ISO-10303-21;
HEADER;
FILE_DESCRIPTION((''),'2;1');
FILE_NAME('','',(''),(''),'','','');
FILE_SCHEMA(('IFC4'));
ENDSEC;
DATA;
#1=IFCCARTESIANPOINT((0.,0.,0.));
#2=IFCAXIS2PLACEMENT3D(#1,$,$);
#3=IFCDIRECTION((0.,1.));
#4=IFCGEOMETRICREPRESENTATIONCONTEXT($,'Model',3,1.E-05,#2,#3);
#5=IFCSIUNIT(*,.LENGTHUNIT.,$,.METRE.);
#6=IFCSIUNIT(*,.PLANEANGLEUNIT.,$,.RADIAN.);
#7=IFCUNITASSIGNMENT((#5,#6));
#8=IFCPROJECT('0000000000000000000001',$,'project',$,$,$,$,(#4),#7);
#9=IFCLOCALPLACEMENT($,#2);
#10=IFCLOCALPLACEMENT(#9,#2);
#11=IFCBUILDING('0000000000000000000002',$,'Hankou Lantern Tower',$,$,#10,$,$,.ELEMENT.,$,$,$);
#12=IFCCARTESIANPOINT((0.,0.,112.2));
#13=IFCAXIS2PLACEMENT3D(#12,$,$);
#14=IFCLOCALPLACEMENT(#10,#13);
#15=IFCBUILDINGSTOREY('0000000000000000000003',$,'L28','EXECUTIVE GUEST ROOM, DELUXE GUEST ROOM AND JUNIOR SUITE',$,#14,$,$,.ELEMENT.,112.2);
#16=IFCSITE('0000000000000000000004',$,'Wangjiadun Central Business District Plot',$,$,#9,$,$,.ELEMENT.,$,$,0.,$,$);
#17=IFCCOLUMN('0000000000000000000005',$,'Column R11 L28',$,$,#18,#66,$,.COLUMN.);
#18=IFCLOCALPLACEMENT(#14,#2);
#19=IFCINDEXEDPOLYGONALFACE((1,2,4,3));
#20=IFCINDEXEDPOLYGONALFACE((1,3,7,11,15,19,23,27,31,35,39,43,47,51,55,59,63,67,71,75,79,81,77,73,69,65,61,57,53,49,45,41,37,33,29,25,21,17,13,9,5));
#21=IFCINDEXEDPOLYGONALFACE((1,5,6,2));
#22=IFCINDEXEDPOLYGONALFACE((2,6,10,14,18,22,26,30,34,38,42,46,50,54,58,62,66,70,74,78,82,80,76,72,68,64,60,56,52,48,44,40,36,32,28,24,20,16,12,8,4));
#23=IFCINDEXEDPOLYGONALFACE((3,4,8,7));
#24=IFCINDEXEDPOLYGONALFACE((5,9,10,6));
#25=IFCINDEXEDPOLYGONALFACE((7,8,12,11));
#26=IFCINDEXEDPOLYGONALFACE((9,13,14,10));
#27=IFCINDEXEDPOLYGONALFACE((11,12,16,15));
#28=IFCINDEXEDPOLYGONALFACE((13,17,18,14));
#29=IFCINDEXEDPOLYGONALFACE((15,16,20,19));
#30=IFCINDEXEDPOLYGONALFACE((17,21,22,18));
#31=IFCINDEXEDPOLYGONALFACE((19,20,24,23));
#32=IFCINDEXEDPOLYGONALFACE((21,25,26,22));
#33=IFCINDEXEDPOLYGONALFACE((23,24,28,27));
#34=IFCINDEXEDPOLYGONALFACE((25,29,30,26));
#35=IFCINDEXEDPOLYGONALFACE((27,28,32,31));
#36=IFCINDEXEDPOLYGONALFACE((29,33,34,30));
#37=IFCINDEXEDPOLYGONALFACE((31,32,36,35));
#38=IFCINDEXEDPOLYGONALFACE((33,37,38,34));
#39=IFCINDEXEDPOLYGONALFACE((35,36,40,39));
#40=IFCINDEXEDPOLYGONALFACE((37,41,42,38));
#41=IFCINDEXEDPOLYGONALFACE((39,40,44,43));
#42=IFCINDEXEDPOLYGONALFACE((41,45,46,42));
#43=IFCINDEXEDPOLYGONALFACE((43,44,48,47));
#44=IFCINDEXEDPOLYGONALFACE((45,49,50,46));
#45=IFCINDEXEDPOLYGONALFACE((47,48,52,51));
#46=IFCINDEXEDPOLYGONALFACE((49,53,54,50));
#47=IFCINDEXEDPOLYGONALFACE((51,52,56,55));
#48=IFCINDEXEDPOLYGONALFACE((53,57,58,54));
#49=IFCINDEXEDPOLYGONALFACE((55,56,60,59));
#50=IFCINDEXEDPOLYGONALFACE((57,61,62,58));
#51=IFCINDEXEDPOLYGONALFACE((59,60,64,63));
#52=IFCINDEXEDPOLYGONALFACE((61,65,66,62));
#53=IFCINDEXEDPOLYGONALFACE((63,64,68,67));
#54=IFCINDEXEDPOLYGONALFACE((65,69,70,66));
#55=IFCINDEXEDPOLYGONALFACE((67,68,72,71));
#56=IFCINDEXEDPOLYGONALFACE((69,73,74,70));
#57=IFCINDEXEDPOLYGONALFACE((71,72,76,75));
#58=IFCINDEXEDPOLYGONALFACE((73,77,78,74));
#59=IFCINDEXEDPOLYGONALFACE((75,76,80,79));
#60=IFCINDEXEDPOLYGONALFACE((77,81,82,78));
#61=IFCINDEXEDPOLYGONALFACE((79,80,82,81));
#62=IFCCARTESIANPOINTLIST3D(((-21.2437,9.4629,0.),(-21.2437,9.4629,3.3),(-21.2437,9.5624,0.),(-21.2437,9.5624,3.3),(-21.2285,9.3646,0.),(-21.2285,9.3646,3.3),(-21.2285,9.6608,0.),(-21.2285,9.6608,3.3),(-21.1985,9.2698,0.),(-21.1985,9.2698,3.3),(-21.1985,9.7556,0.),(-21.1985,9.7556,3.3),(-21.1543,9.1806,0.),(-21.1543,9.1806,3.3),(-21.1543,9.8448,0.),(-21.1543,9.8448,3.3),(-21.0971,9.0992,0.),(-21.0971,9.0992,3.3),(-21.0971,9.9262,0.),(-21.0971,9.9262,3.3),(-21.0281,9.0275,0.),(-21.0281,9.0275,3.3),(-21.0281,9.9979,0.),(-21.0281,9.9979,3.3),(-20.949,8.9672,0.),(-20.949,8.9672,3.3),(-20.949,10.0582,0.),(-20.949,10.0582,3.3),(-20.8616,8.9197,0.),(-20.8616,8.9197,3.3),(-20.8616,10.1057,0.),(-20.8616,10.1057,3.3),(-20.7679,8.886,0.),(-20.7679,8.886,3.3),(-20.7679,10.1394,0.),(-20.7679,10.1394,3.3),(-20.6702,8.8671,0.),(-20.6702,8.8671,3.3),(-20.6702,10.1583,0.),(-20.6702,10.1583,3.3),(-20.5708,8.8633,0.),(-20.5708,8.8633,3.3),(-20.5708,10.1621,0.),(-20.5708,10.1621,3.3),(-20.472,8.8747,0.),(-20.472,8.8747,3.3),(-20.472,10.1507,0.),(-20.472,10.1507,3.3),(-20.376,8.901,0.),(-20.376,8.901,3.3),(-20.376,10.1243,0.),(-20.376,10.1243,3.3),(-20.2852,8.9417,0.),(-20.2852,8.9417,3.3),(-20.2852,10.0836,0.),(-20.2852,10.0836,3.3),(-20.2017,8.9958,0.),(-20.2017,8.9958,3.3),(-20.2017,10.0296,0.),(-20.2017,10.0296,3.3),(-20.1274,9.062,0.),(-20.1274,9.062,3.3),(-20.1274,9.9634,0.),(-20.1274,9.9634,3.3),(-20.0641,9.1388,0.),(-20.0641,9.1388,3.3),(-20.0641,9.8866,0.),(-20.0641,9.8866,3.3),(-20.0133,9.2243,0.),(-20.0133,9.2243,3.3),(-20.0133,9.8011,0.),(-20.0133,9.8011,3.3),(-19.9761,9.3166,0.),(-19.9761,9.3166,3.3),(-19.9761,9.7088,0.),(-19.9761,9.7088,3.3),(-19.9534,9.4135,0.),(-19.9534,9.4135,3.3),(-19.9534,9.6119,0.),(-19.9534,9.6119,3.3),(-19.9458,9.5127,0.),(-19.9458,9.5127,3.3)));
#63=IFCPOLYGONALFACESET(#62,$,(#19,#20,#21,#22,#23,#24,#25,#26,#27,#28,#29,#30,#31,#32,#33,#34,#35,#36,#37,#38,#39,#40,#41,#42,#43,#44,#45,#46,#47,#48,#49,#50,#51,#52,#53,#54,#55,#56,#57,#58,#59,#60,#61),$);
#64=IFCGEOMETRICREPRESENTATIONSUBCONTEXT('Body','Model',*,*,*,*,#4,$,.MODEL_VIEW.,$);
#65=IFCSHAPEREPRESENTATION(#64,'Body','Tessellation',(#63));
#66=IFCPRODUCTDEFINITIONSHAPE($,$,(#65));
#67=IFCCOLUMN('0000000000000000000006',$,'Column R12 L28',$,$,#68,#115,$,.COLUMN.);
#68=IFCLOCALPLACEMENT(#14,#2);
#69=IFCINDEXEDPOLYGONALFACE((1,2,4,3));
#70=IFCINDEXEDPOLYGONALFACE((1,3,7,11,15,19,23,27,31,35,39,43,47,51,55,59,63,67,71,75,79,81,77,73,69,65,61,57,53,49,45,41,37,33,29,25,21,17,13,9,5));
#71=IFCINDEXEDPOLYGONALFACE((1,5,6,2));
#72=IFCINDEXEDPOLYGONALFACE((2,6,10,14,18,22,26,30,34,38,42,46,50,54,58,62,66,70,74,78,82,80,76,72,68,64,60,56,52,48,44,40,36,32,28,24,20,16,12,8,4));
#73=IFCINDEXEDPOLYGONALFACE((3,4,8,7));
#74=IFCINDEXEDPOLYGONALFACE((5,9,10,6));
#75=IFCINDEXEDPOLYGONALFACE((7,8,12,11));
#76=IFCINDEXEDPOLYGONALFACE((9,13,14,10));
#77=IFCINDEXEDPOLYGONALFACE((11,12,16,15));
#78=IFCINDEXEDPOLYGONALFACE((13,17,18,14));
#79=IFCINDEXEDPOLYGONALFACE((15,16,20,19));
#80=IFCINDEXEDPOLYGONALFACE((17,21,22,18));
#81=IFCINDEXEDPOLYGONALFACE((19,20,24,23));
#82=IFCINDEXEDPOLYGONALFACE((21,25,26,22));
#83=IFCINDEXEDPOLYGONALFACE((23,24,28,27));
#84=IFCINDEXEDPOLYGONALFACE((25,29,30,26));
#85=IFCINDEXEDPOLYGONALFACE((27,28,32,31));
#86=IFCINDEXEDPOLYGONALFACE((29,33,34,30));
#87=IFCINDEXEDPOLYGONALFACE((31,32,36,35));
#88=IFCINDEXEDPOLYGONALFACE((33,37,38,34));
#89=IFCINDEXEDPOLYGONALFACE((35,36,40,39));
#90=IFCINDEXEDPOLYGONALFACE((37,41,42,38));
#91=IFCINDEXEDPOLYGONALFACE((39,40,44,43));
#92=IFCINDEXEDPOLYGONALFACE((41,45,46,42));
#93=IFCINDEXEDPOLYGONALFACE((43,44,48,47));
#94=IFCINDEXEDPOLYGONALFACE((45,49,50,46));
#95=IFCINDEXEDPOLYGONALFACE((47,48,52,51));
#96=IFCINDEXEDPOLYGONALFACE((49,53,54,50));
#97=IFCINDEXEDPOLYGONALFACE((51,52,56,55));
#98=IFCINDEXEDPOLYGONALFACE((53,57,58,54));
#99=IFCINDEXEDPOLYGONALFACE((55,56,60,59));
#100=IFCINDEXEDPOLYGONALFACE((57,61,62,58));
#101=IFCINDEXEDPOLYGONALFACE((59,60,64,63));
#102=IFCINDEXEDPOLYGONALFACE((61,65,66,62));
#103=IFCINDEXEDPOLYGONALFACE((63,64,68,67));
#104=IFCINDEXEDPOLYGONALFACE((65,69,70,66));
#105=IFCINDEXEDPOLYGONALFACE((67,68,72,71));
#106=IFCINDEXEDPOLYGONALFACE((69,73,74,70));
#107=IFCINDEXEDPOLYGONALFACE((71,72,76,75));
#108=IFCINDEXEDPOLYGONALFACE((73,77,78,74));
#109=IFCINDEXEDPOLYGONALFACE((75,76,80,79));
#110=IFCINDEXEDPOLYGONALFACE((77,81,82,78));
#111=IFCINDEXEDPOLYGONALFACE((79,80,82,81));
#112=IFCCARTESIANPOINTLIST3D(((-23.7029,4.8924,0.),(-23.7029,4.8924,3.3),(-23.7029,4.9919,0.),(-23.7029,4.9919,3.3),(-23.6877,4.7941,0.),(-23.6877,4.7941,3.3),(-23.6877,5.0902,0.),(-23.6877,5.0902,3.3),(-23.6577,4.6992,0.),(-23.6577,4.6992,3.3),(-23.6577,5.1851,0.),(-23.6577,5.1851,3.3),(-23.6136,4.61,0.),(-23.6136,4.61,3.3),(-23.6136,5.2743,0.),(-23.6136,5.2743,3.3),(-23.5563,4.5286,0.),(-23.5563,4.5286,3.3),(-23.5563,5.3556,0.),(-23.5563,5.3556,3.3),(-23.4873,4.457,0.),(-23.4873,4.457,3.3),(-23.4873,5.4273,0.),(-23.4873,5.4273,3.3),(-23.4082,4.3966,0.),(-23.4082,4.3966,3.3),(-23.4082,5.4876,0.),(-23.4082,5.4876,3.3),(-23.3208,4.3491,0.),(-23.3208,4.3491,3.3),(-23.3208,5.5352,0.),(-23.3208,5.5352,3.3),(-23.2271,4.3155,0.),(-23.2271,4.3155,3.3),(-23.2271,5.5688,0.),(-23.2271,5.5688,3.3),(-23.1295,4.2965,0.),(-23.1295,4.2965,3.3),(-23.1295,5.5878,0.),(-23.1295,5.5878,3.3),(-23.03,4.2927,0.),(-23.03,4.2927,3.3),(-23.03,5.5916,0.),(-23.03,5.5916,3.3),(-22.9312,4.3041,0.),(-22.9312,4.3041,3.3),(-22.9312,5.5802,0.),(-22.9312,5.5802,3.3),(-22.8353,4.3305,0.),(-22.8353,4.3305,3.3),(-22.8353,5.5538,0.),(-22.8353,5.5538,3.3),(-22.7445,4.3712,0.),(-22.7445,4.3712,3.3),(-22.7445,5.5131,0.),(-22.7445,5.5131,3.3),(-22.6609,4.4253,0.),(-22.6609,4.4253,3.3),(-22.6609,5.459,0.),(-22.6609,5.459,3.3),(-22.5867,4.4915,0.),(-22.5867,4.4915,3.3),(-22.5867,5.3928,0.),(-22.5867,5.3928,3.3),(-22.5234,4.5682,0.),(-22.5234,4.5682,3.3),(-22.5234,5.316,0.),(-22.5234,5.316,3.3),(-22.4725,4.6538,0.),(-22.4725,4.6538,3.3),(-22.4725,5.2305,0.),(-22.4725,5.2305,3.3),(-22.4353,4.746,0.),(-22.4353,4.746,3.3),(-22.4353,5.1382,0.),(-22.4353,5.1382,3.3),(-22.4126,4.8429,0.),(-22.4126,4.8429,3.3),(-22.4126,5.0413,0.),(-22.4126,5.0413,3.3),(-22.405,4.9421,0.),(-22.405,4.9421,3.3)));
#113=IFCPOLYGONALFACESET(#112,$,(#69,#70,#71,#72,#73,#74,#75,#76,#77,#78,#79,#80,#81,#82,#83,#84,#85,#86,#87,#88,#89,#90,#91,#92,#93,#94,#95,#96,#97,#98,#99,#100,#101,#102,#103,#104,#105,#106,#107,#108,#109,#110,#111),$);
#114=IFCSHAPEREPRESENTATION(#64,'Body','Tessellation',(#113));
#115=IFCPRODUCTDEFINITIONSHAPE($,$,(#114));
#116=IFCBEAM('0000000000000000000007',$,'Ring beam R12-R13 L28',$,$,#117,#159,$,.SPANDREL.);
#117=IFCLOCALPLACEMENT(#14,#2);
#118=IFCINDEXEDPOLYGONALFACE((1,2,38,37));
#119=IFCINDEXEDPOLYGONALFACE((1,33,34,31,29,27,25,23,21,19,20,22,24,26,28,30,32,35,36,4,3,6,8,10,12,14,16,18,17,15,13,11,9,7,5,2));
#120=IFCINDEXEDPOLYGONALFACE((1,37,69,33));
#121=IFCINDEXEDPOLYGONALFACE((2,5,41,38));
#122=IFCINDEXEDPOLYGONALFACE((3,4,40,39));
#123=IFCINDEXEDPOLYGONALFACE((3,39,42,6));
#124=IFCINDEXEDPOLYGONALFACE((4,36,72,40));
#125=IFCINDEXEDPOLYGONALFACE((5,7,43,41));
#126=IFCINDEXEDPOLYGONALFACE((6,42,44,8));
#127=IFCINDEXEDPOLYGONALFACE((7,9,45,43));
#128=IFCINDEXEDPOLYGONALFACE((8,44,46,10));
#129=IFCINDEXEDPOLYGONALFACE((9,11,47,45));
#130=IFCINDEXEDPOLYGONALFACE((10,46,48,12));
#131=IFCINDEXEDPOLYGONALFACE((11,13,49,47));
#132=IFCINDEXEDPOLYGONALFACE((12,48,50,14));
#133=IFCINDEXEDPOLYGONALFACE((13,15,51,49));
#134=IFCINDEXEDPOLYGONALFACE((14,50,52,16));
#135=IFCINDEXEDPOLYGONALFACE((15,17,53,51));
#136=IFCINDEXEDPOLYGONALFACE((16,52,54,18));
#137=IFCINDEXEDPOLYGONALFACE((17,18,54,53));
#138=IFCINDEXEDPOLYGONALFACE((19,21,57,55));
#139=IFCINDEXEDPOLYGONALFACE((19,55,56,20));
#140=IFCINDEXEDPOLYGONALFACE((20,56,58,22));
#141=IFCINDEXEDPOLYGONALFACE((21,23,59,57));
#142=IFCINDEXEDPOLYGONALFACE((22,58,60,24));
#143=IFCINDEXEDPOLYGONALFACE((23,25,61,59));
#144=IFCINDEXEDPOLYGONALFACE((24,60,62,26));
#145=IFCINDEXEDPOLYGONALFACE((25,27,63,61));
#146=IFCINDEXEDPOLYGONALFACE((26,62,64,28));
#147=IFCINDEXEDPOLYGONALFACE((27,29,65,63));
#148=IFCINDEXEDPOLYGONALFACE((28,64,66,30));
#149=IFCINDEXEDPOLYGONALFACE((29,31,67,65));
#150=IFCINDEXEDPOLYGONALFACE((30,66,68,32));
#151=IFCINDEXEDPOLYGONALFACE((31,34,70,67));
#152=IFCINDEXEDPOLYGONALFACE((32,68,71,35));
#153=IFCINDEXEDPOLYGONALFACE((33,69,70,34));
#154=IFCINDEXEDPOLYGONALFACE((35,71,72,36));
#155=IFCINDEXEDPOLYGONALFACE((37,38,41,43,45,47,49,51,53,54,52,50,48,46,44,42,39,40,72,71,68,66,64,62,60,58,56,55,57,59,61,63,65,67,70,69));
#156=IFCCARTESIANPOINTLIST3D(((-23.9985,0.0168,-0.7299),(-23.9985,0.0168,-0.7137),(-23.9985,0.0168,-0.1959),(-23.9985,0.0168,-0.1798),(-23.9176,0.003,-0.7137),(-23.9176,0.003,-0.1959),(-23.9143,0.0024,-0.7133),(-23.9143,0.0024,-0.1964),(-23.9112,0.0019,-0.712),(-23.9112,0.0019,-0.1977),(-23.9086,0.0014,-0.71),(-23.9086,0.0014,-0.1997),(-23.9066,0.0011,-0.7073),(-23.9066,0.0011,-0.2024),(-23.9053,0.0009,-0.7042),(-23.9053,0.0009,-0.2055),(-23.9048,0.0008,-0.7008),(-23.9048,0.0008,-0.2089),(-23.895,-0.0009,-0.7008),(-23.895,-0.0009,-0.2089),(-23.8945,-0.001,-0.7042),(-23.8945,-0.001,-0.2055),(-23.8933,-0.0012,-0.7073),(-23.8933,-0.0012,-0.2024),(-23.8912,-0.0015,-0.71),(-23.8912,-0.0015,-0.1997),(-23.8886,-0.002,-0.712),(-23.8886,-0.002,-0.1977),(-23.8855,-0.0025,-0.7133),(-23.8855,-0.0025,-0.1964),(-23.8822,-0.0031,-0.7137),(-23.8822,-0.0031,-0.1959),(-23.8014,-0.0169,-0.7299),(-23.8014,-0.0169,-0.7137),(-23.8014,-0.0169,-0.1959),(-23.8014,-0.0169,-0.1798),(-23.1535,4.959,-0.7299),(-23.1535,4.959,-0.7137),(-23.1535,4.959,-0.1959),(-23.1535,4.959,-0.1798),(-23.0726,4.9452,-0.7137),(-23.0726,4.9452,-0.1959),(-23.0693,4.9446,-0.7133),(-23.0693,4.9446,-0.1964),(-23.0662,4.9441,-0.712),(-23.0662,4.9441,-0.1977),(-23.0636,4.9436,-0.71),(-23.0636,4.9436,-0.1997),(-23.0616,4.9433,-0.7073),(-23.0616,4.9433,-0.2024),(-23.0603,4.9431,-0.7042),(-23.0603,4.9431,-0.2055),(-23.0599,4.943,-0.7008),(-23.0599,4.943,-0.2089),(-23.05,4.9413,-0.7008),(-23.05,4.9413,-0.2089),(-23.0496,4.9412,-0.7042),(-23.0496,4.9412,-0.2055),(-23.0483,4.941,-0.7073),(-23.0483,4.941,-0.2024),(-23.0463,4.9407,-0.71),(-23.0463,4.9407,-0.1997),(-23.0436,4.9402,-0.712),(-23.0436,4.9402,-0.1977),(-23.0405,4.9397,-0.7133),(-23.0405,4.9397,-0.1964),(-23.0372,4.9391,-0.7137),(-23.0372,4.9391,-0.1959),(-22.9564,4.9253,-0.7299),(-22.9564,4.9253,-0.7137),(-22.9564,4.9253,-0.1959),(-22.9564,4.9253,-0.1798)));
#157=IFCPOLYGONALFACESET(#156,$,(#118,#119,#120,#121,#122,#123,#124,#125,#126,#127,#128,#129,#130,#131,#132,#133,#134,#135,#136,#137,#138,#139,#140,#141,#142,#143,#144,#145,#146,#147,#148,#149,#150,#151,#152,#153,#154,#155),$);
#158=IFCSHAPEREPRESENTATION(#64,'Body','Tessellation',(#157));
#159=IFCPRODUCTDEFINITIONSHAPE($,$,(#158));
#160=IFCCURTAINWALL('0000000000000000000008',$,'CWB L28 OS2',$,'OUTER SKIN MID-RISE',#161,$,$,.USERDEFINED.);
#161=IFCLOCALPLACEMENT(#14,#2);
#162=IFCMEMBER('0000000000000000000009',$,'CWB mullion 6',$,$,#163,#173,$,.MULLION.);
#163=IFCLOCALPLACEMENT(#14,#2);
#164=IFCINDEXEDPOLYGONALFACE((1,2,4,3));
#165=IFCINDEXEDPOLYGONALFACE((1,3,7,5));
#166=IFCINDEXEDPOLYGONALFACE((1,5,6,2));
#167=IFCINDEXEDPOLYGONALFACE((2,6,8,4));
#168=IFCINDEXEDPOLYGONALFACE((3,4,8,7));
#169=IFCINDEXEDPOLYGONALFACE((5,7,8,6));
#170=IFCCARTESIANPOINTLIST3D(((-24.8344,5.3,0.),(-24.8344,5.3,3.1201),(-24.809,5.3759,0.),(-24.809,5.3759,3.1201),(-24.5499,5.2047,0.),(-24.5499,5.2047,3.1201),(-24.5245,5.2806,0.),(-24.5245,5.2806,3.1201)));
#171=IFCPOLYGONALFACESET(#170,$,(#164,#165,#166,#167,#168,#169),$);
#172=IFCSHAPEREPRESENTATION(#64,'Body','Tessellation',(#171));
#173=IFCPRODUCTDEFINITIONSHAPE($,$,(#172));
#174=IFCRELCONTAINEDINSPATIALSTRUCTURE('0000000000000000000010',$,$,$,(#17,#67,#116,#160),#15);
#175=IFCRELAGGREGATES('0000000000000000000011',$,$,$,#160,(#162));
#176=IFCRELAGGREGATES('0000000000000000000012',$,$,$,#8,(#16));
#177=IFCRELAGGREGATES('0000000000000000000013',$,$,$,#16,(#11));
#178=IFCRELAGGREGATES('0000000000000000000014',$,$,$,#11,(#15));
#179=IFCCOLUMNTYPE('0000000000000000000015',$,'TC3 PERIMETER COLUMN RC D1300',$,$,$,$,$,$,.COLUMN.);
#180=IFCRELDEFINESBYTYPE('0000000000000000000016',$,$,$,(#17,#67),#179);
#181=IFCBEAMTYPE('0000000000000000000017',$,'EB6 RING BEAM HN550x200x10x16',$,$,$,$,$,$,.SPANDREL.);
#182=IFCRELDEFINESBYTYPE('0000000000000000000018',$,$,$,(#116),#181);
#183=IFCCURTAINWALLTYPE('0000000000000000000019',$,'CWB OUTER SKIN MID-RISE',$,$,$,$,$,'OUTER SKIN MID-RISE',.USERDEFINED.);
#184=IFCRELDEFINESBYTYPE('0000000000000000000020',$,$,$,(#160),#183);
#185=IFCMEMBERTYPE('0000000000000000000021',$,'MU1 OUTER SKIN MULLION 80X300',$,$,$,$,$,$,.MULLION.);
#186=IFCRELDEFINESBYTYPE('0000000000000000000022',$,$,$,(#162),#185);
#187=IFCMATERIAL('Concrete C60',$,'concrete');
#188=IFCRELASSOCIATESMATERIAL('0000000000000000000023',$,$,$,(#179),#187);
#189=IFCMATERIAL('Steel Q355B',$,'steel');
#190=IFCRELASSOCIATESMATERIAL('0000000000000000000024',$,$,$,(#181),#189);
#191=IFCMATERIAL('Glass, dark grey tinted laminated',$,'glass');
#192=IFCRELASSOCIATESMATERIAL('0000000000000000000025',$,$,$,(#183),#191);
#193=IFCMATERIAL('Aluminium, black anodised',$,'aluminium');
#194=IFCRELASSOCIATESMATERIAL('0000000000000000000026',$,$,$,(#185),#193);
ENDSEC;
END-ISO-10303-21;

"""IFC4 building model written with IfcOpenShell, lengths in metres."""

from ifc_helpers import new_model, si_unit, direction, frame, origin, origin_2d, place, context, subcontext, project, spatial, rectangle, circle, i_section, extrude, material, material_profile, profile_set, type_object, element, aggregate, save


model = new_model("IFC4")

# Units and contexts
model_context = context("Model", 3, precision=1e-05, world=origin(), true_north=direction((0.0, 1.0)))
body_context = subcontext(model_context, "Body", "Model", "MODEL_VIEW")
ifc_project = project(units=[si_unit("LENGTHUNIT", "METRE"), si_unit("PLANEANGLEUNIT", "RADIAN")], contexts=[model_context])

# Site, building, storey
site_placement = place(None, origin())
site = spatial("IfcSite", under=ifc_project, at=site_placement, Name="Wangjiadun Central Business District Plot", CompositionType="ELEMENT", RefElevation=0.0)
building_placement = place(site_placement, origin())
building = spatial("IfcBuilding", under=site, at=building_placement, Name="Hankou Lantern Tower", CompositionType="ELEMENT")
storey_placement = place(building_placement, frame((0.0, 0.0, 112.2)))
storey = spatial("IfcBuildingStorey", under=building, at=storey_placement, Name="L28", Description="EXECUTIVE GUEST ROOM, DELUXE GUEST ROOM AND JUNIOR SUITE", CompositionType="ELEMENT", Elevation=112.2)

# Columns
ifc_material_1 = material(Name="Concrete C60", Category="concrete")
ifc_material_profile_1 = material_profile(ifc_material_1, circle(Radius=0.6499, at=origin_2d()), Name="RC D1300")
ifc_profile_set_1 = profile_set([ifc_material_profile_1], Name="Concrete C60")
column_type = type_object("IfcColumnType", Name="TC3 PERIMETER COLUMN RC D1300", PredefinedType="COLUMN", material=ifc_profile_set_1)
for number, where, z_axis, x_axis, name in (
    (1, (-20.5957, 9.5127, 0.0), (0.0, 0.0, 1.0), (1.0, 0.0, 0.0), "Column R11 L28"),
    (2, (-23.0549, 4.9421, 0.0), (0.0, 0.0, 1.0), (1.0, 0.0, 0.0), "Column R12 L28"),
):
    element("IfcColumn", number, at=place(storey_placement, frame(where, z_axis=z_axis, x_axis=x_axis)), inside=storey, type_object=column_type, Name=name, PredefinedType="COLUMN", context=body_context, shape_type="SweptSolid", body=[
        extrude(circle(Radius=0.6499, at=origin_2d()), origin(), (0.0, 0.0, 1.0), 3.3),
    ])

# Beam
ifc_material_2 = material(Name="Steel Q355B", Category="steel")
ifc_material_profile_2 = material_profile(ifc_material_2, i_section(OverallWidth=0.2, OverallDepth=0.55, WebThickness=0.01, FlangeThickness=0.0161, FilletRadius=0.0129, at=origin_2d()), Name="HN550x200x10x16")
ifc_profile_set_2 = profile_set([ifc_material_profile_2], Name="Steel Q355B")
beam_type_1 = type_object("IfcBeamType", Name="EB6 RING BEAM HN550x200x10x16", PredefinedType="SPANDREL", material=ifc_profile_set_2)
beam_1_placement = place(storey_placement, frame((-23.0549, 4.9421, -0.4548), z_axis=(-0.168527, -0.985697, 0.0), x_axis=(0.985697, -0.168527, 0.0)))
element("IfcBeam", 3, at=beam_1_placement, inside=storey, type_object=beam_type_1, Name="Ring beam R12-R13 L28", PredefinedType="SPANDREL", context=body_context, shape_type="SweptSolid", body=[
    extrude(i_section(OverallWidth=0.2, OverallDepth=0.55, WebThickness=0.01, FlangeThickness=0.0161, FilletRadius=0.0129, at=origin_2d()), origin(), (0.0, 0.0, 1.0), 5.0139),
])

# Curtain wall, member
ifc_material_3 = material(Name="Glass, dark grey tinted laminated", Category="glass")
curtain_wall_type = type_object("IfcCurtainWallType", Name="CWB OUTER SKIN MID-RISE", ElementType="OUTER SKIN MID-RISE", PredefinedType="USERDEFINED", material=ifc_material_3)
curtain_wall_placement = place(storey_placement, origin())
curtain_wall = element("IfcCurtainWall", 4, at=curtain_wall_placement, inside=storey, type_object=curtain_wall_type, Name="CWB L28 OS2", ObjectType="OUTER SKIN MID-RISE", PredefinedType="USERDEFINED")
ifc_material_4 = material(Name="Aluminium, black anodised", Category="aluminium")
ifc_material_profile_3 = material_profile(ifc_material_4, rectangle(XDim=0.0801, YDim=0.3, at=origin_2d()), Name="MU1 80X300")
ifc_profile_set_3 = profile_set([ifc_material_profile_3], Name="Aluminium, black anodised")
member_type_1 = type_object("IfcMemberType", Name="MU1 OUTER SKIN MULLION 80X300", PredefinedType="MULLION", material=ifc_profile_set_3)
member_1_placement = place(storey_placement, frame((-24.6794, 5.2903, 0.0), z_axis=(0.0, 0.0, 1.0), x_axis=(-0.317596, -0.948226, 0.0)))
member_1 = element("IfcMember", 5, at=member_1_placement, type_object=member_type_1, Name="CWB mullion 6", PredefinedType="MULLION", context=body_context, shape_type="SweptSolid", body=[
    extrude(rectangle(XDim=0.0801, YDim=0.3, at=origin_2d()), origin(), (0.0, 0.0, 1.0), 3.1201),
])

aggregate(curtain_wall, [member_1])

save(model, "model.ifc")
